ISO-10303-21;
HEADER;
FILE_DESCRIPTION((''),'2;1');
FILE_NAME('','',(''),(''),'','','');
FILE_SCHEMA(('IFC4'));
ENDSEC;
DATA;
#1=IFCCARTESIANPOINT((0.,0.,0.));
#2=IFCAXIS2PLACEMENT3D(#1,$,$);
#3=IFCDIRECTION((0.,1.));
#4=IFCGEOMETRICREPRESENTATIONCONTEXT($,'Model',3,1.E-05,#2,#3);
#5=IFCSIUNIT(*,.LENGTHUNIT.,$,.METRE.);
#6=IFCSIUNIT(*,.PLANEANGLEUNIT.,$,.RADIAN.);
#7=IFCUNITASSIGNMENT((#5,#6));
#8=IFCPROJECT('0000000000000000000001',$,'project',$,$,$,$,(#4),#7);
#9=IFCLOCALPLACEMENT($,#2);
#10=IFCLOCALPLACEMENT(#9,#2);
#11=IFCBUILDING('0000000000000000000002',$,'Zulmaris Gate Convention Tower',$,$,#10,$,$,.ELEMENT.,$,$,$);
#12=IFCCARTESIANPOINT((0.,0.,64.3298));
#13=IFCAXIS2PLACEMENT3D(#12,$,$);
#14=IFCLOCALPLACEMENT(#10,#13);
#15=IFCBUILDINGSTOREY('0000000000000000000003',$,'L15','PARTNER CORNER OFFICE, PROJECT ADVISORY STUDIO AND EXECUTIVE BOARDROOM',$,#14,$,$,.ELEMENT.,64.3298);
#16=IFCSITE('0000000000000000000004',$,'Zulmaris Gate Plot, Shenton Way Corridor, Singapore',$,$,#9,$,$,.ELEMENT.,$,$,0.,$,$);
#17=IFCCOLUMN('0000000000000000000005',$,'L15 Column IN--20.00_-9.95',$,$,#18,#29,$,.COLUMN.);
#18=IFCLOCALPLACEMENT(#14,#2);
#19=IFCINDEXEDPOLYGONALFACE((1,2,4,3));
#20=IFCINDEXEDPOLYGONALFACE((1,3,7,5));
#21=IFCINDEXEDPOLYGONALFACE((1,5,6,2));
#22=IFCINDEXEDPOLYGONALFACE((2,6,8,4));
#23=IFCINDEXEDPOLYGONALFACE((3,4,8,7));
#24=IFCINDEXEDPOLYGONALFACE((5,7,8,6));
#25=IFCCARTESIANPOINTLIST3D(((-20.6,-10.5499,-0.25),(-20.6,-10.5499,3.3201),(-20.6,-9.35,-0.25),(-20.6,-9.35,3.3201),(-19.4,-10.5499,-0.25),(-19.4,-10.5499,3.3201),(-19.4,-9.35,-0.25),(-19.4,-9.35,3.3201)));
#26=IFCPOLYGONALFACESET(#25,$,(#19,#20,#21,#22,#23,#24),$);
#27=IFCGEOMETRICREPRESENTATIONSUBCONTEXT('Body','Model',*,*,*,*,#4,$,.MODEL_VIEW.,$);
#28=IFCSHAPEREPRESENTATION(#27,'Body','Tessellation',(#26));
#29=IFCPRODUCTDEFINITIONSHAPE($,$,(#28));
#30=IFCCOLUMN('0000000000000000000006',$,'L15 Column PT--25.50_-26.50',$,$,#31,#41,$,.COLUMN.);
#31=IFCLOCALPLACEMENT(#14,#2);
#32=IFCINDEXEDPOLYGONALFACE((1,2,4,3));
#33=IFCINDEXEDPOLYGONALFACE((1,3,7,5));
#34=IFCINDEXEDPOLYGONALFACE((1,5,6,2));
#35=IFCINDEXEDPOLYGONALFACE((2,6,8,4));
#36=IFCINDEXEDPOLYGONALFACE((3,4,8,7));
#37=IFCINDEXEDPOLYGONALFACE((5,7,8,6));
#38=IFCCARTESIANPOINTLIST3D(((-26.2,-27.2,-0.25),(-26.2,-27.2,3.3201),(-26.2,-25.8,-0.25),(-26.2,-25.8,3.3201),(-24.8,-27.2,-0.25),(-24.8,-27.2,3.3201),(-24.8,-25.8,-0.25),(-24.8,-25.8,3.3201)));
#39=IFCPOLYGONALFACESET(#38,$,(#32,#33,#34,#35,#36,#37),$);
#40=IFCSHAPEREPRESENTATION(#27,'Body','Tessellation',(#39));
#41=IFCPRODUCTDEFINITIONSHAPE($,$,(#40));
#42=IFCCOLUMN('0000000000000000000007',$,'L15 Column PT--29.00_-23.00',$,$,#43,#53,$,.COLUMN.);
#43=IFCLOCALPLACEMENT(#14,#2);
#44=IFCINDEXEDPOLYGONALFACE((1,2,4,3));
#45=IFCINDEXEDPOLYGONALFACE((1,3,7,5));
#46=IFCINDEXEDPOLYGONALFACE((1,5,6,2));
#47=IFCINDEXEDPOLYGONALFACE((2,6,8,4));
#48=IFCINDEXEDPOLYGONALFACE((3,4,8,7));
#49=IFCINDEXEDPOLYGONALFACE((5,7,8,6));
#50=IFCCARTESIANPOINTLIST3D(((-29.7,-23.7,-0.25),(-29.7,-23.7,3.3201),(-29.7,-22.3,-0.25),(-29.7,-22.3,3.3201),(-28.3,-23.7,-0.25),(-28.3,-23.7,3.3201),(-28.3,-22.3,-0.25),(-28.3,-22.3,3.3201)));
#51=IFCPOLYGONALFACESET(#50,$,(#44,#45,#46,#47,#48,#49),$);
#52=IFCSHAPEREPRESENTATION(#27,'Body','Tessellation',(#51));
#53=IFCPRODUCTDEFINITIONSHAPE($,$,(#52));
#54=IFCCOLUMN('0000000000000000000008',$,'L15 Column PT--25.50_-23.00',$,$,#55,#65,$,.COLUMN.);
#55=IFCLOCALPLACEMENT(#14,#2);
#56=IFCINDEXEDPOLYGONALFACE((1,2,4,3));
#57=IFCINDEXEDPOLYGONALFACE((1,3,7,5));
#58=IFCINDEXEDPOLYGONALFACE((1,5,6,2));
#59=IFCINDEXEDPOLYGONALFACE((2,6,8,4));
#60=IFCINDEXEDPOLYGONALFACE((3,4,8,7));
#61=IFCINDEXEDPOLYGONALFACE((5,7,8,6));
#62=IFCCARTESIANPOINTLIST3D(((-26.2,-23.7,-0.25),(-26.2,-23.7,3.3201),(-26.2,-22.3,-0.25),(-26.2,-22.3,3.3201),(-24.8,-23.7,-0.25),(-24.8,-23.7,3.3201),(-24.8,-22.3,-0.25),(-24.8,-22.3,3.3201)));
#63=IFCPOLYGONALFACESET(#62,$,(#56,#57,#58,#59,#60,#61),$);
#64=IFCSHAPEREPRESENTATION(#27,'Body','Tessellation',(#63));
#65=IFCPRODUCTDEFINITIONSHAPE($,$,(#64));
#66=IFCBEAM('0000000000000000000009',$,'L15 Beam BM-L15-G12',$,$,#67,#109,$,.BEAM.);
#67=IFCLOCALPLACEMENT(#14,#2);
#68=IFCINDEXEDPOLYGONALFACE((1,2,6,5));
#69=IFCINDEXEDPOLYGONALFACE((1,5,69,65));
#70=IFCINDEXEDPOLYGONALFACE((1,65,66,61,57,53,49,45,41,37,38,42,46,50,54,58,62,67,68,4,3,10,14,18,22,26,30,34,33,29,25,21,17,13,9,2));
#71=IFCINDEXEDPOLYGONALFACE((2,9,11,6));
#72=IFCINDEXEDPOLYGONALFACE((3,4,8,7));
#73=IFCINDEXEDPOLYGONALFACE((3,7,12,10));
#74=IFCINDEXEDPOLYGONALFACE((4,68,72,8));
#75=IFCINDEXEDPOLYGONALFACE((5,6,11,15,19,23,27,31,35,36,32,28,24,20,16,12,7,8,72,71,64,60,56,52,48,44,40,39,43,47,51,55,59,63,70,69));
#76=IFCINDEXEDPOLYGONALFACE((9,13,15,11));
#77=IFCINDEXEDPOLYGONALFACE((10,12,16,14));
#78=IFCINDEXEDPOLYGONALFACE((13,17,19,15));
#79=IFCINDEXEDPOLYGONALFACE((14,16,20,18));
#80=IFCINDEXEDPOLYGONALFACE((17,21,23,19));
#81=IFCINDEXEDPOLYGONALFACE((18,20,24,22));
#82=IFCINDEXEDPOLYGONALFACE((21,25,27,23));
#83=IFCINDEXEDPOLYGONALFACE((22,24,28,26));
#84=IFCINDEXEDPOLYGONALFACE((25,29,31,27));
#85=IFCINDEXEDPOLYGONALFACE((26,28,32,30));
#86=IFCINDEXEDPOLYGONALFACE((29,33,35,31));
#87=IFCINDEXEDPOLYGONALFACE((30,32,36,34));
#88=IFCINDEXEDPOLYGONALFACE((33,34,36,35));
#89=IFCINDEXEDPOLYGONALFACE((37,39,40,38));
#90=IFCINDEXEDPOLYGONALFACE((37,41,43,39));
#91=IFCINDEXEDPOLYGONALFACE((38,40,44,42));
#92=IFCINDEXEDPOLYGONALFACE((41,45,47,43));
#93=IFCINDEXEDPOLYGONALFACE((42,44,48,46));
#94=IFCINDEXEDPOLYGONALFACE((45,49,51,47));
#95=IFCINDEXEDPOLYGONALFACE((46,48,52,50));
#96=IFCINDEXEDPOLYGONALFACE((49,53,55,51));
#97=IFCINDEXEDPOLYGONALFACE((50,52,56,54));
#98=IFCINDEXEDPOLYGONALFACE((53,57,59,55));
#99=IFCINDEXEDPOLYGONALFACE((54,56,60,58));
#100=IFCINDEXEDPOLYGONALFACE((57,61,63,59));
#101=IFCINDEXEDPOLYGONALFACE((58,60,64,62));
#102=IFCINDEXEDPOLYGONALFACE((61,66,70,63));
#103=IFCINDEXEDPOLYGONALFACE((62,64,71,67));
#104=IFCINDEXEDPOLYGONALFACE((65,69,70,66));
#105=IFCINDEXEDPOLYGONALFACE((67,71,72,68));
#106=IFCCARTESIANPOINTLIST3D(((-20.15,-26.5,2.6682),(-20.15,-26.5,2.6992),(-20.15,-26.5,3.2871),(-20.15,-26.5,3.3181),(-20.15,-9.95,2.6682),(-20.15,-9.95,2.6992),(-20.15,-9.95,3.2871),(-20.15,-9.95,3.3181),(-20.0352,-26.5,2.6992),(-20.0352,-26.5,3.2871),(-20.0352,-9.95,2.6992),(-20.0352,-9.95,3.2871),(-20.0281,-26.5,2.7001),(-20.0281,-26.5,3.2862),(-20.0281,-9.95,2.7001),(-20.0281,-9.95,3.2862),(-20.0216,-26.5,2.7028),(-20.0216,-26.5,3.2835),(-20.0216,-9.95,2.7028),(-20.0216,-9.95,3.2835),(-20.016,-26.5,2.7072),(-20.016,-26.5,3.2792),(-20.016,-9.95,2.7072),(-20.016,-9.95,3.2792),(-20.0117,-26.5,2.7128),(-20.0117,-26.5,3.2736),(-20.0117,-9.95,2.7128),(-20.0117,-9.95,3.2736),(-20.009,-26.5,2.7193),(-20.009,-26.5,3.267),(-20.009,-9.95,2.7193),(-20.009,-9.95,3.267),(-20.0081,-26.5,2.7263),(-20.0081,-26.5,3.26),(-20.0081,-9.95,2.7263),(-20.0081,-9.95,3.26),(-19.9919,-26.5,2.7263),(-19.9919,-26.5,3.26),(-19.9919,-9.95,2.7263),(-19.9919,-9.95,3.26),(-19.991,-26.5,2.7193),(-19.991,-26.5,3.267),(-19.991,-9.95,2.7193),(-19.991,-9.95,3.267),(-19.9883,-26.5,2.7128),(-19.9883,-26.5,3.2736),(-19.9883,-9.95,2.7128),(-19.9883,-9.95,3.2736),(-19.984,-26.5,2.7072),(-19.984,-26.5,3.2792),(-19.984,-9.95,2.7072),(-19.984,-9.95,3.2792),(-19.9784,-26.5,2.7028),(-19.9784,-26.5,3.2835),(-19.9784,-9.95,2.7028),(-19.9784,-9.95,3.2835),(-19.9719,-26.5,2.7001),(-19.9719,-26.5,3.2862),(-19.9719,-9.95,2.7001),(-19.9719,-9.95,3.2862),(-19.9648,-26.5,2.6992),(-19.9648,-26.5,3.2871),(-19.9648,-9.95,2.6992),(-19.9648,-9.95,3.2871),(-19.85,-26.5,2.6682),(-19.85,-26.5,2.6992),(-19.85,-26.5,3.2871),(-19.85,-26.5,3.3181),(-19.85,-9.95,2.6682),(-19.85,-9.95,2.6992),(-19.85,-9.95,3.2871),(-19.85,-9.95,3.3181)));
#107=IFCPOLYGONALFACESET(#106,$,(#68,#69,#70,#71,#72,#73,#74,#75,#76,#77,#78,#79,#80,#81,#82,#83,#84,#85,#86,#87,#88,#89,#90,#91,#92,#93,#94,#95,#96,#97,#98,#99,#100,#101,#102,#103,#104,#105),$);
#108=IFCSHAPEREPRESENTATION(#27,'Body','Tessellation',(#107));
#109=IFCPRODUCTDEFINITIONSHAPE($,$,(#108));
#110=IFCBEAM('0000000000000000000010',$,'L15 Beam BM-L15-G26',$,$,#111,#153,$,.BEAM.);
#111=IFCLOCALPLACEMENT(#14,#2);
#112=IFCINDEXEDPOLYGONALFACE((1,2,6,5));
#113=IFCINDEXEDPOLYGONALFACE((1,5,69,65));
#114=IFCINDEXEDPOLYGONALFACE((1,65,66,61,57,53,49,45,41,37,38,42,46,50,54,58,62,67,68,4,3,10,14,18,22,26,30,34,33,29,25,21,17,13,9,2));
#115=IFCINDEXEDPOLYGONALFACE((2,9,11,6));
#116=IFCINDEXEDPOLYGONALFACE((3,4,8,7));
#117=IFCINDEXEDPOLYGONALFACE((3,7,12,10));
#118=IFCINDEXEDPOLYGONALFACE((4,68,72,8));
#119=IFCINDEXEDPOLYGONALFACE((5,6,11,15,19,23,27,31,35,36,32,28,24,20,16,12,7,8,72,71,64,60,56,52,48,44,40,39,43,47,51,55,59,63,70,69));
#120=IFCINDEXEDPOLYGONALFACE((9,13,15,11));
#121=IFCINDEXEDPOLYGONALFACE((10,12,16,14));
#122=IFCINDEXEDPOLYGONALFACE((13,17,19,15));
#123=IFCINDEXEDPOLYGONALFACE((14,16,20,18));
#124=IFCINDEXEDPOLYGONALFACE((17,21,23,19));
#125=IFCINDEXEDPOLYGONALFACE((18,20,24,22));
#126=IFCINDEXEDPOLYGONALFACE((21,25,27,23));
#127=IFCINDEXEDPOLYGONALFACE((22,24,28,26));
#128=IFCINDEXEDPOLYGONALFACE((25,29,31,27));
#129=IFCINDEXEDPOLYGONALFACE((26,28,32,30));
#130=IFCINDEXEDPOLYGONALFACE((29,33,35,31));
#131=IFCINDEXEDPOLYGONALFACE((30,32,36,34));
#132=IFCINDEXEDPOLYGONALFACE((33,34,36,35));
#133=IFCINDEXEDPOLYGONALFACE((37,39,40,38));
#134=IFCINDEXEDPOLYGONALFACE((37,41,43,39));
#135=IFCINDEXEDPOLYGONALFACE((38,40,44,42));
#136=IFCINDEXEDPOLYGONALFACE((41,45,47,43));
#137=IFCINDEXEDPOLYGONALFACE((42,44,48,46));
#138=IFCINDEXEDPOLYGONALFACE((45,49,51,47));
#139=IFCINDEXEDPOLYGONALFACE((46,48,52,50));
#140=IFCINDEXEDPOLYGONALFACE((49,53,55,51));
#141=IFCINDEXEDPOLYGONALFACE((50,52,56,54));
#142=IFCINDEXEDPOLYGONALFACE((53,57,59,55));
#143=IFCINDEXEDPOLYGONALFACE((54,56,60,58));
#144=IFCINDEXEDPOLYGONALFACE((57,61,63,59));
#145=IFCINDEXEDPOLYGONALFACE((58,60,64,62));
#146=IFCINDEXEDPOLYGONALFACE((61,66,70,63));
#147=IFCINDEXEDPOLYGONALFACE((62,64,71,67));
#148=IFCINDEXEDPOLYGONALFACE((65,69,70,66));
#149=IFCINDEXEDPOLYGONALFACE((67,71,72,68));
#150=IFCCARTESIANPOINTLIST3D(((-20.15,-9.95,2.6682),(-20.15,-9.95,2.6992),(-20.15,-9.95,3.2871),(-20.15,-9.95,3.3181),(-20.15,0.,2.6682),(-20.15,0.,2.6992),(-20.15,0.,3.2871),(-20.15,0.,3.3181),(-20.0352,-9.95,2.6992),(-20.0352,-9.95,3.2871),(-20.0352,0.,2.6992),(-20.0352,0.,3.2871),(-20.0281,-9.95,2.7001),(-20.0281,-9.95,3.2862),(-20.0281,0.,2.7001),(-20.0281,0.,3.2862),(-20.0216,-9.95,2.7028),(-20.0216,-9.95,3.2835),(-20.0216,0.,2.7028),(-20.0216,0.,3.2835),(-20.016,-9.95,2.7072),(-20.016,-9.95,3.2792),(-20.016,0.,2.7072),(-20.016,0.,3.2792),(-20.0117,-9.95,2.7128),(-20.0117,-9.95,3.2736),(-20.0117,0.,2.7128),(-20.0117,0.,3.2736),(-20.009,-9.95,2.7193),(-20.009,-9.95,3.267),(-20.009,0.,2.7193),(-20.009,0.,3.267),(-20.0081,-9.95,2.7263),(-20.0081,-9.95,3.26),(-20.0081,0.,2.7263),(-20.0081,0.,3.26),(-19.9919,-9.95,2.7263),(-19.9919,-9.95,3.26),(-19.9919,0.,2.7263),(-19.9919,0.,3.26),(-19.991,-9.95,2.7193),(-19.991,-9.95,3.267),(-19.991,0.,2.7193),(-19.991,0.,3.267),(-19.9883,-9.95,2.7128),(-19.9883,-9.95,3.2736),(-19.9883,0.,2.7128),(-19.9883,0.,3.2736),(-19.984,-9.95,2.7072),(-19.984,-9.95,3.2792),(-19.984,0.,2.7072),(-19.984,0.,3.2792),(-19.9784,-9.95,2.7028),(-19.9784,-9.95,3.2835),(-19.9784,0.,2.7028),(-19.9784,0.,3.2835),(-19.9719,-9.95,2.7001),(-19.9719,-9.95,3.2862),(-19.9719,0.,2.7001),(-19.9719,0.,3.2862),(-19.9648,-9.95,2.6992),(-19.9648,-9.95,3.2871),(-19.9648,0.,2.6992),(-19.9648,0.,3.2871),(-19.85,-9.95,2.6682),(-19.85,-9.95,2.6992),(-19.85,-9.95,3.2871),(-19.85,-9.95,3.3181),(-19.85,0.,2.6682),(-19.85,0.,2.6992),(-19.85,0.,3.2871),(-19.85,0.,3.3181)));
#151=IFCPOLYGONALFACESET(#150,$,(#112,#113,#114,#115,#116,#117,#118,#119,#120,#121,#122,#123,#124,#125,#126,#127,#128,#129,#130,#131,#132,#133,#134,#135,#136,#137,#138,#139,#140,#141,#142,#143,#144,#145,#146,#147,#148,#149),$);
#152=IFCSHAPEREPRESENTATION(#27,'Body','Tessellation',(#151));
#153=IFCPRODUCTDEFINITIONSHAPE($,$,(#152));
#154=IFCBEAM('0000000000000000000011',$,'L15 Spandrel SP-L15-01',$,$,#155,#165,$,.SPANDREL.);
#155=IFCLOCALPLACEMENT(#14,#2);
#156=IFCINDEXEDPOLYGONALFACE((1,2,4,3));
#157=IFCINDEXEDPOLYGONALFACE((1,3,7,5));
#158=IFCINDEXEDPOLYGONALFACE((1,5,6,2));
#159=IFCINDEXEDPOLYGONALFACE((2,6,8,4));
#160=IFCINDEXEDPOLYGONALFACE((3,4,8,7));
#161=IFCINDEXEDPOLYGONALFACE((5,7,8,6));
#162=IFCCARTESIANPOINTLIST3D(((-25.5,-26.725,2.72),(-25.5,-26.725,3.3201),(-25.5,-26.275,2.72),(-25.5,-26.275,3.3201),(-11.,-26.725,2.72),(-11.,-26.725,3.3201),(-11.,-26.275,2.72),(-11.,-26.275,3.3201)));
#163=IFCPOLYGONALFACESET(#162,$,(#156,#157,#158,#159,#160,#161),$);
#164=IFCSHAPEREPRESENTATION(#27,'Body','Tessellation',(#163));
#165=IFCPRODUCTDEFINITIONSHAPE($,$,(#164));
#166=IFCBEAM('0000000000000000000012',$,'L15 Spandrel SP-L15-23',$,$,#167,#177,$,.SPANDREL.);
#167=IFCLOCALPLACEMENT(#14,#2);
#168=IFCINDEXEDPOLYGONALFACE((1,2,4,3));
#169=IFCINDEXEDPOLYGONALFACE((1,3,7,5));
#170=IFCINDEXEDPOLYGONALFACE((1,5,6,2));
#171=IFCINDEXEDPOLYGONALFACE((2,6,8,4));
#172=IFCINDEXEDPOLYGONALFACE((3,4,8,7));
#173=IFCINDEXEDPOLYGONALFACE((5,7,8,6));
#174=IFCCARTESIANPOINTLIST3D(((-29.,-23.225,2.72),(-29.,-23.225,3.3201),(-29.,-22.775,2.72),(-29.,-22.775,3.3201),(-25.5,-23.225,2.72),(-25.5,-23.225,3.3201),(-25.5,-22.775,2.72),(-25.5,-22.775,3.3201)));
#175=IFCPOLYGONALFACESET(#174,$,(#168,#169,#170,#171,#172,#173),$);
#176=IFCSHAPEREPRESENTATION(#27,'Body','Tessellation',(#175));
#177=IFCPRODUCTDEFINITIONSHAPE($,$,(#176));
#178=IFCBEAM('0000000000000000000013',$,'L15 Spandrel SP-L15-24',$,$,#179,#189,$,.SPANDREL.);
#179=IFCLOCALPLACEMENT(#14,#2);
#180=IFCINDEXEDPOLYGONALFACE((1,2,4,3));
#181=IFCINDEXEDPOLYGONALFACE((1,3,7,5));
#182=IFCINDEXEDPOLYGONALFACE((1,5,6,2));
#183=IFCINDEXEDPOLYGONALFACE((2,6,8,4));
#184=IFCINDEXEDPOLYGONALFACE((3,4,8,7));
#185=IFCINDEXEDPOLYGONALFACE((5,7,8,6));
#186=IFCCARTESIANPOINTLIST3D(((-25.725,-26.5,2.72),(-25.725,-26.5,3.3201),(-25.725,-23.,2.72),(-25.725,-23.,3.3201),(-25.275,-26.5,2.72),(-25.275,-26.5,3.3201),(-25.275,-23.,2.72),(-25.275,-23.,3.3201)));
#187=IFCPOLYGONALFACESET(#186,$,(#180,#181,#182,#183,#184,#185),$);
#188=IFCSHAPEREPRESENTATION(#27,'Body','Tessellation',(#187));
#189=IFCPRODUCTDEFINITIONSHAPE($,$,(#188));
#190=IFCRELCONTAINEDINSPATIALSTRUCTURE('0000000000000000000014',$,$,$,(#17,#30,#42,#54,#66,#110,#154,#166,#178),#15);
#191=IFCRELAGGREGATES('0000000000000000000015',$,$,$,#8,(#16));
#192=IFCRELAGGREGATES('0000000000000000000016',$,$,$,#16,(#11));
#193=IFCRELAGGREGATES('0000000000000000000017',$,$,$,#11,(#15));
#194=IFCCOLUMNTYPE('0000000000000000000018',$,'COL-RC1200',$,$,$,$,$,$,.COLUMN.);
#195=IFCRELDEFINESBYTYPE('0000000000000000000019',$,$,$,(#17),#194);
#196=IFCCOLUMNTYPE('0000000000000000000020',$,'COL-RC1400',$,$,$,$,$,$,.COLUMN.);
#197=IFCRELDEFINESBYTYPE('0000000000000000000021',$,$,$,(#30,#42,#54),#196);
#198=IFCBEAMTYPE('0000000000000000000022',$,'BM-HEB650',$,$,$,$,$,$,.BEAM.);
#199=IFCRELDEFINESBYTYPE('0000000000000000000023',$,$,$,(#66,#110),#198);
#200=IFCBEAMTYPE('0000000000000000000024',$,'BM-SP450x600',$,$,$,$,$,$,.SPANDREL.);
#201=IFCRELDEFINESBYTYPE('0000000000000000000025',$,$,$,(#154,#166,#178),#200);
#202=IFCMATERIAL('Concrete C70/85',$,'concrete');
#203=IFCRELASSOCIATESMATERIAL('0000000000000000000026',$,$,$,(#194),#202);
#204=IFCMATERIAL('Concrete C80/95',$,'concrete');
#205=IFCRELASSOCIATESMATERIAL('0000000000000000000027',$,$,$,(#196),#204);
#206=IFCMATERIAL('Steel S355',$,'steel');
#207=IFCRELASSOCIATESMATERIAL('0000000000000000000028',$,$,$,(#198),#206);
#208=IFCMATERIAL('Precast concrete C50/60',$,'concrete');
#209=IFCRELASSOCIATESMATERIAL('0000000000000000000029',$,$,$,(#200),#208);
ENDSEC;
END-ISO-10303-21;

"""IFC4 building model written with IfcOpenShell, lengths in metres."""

from ifc_helpers import new_model, si_unit, direction, frame, origin, origin_2d, place, context, subcontext, project, spatial, rectangle, i_section, extrude, material, material_profile, profile_set, type_object, element, save


model = new_model("IFC4")

# Units and contexts
model_context = context("Model", 3, precision=1e-05, world=origin(), true_north=direction((0.0, 1.0)))
body_context = subcontext(model_context, "Body", "Model", "MODEL_VIEW")
ifc_project = project(units=[si_unit("LENGTHUNIT", "METRE"), si_unit("PLANEANGLEUNIT", "RADIAN")], contexts=[model_context])

# Site, building, storey
site_placement = place(None, origin())
site = spatial("IfcSite", under=ifc_project, at=site_placement, Name="Zulmaris Gate Plot, Shenton Way Corridor, Singapore", CompositionType="ELEMENT", RefElevation=0.0)
building_placement = place(site_placement, origin())
building = spatial("IfcBuilding", under=site, at=building_placement, Name="Zulmaris Gate Convention Tower", CompositionType="ELEMENT")
storey_placement = place(building_placement, frame((0.0, 0.0, 64.3298)))
storey = spatial("IfcBuildingStorey", under=building, at=storey_placement, Name="L15", Description="PARTNER CORNER OFFICE, PROJECT ADVISORY STUDIO AND EXECUTIVE BOARDROOM", CompositionType="ELEMENT", Elevation=64.3298)

# Columns
ifc_material_1 = material(Name="Concrete C70/85", Category="concrete")
ifc_material_profile_1 = material_profile(ifc_material_1, rectangle(XDim=1.2, YDim=1.2, at=origin_2d()), Name="RC COL 1200x1200")
ifc_profile_set_1 = profile_set([ifc_material_profile_1], Name="Concrete C70/85")
column_type_1 = type_object("IfcColumnType", Name="COL-RC1200", PredefinedType="COLUMN", material=ifc_profile_set_1)
column_placement = place(storey_placement, frame((-20.0, -9.95, -0.25), z_axis=(0.0, 0.0, 1.0), x_axis=(1.0, 0.0, 0.0)))
element("IfcColumn", 1, at=column_placement, inside=storey, type_object=column_type_1, Name="L15 Column IN--20.00_-9.95", PredefinedType="COLUMN", context=body_context, shape_type="SweptSolid", body=[
    extrude(rectangle(XDim=1.2, YDim=1.2, at=origin_2d()), origin(), (0.0, 0.0, 1.0), 3.5701),
])
ifc_material_2 = material(Name="Concrete C80/95", Category="concrete")
ifc_material_profile_2 = material_profile(ifc_material_2, rectangle(XDim=1.3999, YDim=1.3999, at=origin_2d()), Name="RC COL 1400x1400")
ifc_profile_set_2 = profile_set([ifc_material_profile_2], Name="Concrete C80/95")
column_type_2 = type_object("IfcColumnType", Name="COL-RC1400", PredefinedType="COLUMN", material=ifc_profile_set_2)
for number, where, z_axis, x_axis, name in (
    (2, (-25.5, -26.5, -0.25), (0.0, 0.0, 1.0), (1.0, 0.0, 0.0), "L15 Column PT--25.50_-26.50"),
    (3, (-29.0, -23.0, -0.25), (0.0, 0.0, 1.0), (1.0, 0.0, 0.0), "L15 Column PT--29.00_-23.00"),
    (4, (-25.5, -23.0, -0.25), (0.0, 0.0, 1.0), (1.0, 0.0, 0.0), "L15 Column PT--25.50_-23.00"),
):
    element("IfcColumn", number, at=place(storey_placement, frame(where, z_axis=z_axis, x_axis=x_axis)), inside=storey, type_object=column_type_2, Name=name, PredefinedType="COLUMN", context=body_context, shape_type="SweptSolid", body=[
        extrude(rectangle(XDim=1.3999, YDim=1.3999, at=origin_2d()), origin(), (0.0, 0.0, 1.0), 3.5701),
    ])

# Beams
ifc_material_3 = material(Name="Steel S355", Category="steel")
ifc_material_profile_3 = material_profile(ifc_material_3, i_section(OverallWidth=0.3, OverallDepth=0.6499, WebThickness=0.0161, FlangeThickness=0.031, FilletRadius=0.0271, at=origin_2d()), Name="HEB 650")
ifc_profile_set_3 = profile_set([ifc_material_profile_3], Name="Steel S355")
beam_type_1 = type_object("IfcBeamType", Name="BM-HEB650", PredefinedType="BEAM", material=ifc_profile_set_3)
beam_1_placement = place(storey_placement, frame((-20.0, -26.5, 2.9932), z_axis=(0.0, 1.0, 0.0), x_axis=(-1.0, 0.0, 0.0)))
element("IfcBeam", 5, at=beam_1_placement, inside=storey, type_object=beam_type_1, Name="L15 Beam BM-L15-G12", PredefinedType="BEAM", context=body_context, shape_type="SweptSolid", body=[
    extrude(i_section(OverallWidth=0.3, OverallDepth=0.6499, WebThickness=0.0161, FlangeThickness=0.031, FilletRadius=0.0271, at=origin_2d()), origin(), (0.0, 0.0, 1.0), 16.55),
])
beam_2_placement = place(storey_placement, frame((-20.0, -9.95, 2.9932), z_axis=(0.0, 1.0, 0.0), x_axis=(-1.0, 0.0, 0.0)))
element("IfcBeam", 6, at=beam_2_placement, inside=storey, type_object=beam_type_1, Name="L15 Beam BM-L15-G26", PredefinedType="BEAM", context=body_context, shape_type="SweptSolid", body=[
    extrude(i_section(OverallWidth=0.3, OverallDepth=0.6499, WebThickness=0.0161, FlangeThickness=0.031, FilletRadius=0.0271, at=origin_2d()), origin(), (0.0, 0.0, 1.0), 9.95),
])
ifc_material_4 = material(Name="Precast concrete C50/60", Category="concrete")
ifc_material_profile_4 = material_profile(ifc_material_4, rectangle(XDim=0.45, YDim=0.6001, at=origin_2d()), Name="RC SPANDREL 450x600")
ifc_profile_set_4 = profile_set([ifc_material_profile_4], Name="Precast concrete C50/60")
beam_type_2 = type_object("IfcBeamType", Name="BM-SP450x600", PredefinedType="SPANDREL", material=ifc_profile_set_4)
beam_3_placement = place(storey_placement, frame((-25.5, -26.5, 3.02), z_axis=(1.0, 0.0, 0.0), x_axis=(0.0, 1.0, 0.0)))
element("IfcBeam", 7, at=beam_3_placement, inside=storey, type_object=beam_type_2, Name="L15 Spandrel SP-L15-01", PredefinedType="SPANDREL", context=body_context, shape_type="SweptSolid", body=[
    extrude(rectangle(XDim=0.45, YDim=0.6001, at=origin_2d()), origin(), (0.0, 0.0, 1.0), 14.5),
])
for number, where, z_axis, x_axis, name in (
    (8, (-29.0, -23.0, 3.02), (1.0, 0.0, 0.0), (0.0, 1.0, 0.0), "L15 Spandrel SP-L15-23"),
    (9, (-25.5, -23.0, 3.02), (0.0, -1.0, 0.0), (1.0, 0.0, 0.0), "L15 Spandrel SP-L15-24"),
):
    element("IfcBeam", number, at=place(storey_placement, frame(where, z_axis=z_axis, x_axis=x_axis)), inside=storey, type_object=beam_type_2, Name=name, PredefinedType="SPANDREL", context=body_context, shape_type="SweptSolid", body=[
        extrude(rectangle(XDim=0.45, YDim=0.6001, at=origin_2d()), origin(), (0.0, 0.0, 1.0), 3.5),
    ])

save(model, "model.ifc")
